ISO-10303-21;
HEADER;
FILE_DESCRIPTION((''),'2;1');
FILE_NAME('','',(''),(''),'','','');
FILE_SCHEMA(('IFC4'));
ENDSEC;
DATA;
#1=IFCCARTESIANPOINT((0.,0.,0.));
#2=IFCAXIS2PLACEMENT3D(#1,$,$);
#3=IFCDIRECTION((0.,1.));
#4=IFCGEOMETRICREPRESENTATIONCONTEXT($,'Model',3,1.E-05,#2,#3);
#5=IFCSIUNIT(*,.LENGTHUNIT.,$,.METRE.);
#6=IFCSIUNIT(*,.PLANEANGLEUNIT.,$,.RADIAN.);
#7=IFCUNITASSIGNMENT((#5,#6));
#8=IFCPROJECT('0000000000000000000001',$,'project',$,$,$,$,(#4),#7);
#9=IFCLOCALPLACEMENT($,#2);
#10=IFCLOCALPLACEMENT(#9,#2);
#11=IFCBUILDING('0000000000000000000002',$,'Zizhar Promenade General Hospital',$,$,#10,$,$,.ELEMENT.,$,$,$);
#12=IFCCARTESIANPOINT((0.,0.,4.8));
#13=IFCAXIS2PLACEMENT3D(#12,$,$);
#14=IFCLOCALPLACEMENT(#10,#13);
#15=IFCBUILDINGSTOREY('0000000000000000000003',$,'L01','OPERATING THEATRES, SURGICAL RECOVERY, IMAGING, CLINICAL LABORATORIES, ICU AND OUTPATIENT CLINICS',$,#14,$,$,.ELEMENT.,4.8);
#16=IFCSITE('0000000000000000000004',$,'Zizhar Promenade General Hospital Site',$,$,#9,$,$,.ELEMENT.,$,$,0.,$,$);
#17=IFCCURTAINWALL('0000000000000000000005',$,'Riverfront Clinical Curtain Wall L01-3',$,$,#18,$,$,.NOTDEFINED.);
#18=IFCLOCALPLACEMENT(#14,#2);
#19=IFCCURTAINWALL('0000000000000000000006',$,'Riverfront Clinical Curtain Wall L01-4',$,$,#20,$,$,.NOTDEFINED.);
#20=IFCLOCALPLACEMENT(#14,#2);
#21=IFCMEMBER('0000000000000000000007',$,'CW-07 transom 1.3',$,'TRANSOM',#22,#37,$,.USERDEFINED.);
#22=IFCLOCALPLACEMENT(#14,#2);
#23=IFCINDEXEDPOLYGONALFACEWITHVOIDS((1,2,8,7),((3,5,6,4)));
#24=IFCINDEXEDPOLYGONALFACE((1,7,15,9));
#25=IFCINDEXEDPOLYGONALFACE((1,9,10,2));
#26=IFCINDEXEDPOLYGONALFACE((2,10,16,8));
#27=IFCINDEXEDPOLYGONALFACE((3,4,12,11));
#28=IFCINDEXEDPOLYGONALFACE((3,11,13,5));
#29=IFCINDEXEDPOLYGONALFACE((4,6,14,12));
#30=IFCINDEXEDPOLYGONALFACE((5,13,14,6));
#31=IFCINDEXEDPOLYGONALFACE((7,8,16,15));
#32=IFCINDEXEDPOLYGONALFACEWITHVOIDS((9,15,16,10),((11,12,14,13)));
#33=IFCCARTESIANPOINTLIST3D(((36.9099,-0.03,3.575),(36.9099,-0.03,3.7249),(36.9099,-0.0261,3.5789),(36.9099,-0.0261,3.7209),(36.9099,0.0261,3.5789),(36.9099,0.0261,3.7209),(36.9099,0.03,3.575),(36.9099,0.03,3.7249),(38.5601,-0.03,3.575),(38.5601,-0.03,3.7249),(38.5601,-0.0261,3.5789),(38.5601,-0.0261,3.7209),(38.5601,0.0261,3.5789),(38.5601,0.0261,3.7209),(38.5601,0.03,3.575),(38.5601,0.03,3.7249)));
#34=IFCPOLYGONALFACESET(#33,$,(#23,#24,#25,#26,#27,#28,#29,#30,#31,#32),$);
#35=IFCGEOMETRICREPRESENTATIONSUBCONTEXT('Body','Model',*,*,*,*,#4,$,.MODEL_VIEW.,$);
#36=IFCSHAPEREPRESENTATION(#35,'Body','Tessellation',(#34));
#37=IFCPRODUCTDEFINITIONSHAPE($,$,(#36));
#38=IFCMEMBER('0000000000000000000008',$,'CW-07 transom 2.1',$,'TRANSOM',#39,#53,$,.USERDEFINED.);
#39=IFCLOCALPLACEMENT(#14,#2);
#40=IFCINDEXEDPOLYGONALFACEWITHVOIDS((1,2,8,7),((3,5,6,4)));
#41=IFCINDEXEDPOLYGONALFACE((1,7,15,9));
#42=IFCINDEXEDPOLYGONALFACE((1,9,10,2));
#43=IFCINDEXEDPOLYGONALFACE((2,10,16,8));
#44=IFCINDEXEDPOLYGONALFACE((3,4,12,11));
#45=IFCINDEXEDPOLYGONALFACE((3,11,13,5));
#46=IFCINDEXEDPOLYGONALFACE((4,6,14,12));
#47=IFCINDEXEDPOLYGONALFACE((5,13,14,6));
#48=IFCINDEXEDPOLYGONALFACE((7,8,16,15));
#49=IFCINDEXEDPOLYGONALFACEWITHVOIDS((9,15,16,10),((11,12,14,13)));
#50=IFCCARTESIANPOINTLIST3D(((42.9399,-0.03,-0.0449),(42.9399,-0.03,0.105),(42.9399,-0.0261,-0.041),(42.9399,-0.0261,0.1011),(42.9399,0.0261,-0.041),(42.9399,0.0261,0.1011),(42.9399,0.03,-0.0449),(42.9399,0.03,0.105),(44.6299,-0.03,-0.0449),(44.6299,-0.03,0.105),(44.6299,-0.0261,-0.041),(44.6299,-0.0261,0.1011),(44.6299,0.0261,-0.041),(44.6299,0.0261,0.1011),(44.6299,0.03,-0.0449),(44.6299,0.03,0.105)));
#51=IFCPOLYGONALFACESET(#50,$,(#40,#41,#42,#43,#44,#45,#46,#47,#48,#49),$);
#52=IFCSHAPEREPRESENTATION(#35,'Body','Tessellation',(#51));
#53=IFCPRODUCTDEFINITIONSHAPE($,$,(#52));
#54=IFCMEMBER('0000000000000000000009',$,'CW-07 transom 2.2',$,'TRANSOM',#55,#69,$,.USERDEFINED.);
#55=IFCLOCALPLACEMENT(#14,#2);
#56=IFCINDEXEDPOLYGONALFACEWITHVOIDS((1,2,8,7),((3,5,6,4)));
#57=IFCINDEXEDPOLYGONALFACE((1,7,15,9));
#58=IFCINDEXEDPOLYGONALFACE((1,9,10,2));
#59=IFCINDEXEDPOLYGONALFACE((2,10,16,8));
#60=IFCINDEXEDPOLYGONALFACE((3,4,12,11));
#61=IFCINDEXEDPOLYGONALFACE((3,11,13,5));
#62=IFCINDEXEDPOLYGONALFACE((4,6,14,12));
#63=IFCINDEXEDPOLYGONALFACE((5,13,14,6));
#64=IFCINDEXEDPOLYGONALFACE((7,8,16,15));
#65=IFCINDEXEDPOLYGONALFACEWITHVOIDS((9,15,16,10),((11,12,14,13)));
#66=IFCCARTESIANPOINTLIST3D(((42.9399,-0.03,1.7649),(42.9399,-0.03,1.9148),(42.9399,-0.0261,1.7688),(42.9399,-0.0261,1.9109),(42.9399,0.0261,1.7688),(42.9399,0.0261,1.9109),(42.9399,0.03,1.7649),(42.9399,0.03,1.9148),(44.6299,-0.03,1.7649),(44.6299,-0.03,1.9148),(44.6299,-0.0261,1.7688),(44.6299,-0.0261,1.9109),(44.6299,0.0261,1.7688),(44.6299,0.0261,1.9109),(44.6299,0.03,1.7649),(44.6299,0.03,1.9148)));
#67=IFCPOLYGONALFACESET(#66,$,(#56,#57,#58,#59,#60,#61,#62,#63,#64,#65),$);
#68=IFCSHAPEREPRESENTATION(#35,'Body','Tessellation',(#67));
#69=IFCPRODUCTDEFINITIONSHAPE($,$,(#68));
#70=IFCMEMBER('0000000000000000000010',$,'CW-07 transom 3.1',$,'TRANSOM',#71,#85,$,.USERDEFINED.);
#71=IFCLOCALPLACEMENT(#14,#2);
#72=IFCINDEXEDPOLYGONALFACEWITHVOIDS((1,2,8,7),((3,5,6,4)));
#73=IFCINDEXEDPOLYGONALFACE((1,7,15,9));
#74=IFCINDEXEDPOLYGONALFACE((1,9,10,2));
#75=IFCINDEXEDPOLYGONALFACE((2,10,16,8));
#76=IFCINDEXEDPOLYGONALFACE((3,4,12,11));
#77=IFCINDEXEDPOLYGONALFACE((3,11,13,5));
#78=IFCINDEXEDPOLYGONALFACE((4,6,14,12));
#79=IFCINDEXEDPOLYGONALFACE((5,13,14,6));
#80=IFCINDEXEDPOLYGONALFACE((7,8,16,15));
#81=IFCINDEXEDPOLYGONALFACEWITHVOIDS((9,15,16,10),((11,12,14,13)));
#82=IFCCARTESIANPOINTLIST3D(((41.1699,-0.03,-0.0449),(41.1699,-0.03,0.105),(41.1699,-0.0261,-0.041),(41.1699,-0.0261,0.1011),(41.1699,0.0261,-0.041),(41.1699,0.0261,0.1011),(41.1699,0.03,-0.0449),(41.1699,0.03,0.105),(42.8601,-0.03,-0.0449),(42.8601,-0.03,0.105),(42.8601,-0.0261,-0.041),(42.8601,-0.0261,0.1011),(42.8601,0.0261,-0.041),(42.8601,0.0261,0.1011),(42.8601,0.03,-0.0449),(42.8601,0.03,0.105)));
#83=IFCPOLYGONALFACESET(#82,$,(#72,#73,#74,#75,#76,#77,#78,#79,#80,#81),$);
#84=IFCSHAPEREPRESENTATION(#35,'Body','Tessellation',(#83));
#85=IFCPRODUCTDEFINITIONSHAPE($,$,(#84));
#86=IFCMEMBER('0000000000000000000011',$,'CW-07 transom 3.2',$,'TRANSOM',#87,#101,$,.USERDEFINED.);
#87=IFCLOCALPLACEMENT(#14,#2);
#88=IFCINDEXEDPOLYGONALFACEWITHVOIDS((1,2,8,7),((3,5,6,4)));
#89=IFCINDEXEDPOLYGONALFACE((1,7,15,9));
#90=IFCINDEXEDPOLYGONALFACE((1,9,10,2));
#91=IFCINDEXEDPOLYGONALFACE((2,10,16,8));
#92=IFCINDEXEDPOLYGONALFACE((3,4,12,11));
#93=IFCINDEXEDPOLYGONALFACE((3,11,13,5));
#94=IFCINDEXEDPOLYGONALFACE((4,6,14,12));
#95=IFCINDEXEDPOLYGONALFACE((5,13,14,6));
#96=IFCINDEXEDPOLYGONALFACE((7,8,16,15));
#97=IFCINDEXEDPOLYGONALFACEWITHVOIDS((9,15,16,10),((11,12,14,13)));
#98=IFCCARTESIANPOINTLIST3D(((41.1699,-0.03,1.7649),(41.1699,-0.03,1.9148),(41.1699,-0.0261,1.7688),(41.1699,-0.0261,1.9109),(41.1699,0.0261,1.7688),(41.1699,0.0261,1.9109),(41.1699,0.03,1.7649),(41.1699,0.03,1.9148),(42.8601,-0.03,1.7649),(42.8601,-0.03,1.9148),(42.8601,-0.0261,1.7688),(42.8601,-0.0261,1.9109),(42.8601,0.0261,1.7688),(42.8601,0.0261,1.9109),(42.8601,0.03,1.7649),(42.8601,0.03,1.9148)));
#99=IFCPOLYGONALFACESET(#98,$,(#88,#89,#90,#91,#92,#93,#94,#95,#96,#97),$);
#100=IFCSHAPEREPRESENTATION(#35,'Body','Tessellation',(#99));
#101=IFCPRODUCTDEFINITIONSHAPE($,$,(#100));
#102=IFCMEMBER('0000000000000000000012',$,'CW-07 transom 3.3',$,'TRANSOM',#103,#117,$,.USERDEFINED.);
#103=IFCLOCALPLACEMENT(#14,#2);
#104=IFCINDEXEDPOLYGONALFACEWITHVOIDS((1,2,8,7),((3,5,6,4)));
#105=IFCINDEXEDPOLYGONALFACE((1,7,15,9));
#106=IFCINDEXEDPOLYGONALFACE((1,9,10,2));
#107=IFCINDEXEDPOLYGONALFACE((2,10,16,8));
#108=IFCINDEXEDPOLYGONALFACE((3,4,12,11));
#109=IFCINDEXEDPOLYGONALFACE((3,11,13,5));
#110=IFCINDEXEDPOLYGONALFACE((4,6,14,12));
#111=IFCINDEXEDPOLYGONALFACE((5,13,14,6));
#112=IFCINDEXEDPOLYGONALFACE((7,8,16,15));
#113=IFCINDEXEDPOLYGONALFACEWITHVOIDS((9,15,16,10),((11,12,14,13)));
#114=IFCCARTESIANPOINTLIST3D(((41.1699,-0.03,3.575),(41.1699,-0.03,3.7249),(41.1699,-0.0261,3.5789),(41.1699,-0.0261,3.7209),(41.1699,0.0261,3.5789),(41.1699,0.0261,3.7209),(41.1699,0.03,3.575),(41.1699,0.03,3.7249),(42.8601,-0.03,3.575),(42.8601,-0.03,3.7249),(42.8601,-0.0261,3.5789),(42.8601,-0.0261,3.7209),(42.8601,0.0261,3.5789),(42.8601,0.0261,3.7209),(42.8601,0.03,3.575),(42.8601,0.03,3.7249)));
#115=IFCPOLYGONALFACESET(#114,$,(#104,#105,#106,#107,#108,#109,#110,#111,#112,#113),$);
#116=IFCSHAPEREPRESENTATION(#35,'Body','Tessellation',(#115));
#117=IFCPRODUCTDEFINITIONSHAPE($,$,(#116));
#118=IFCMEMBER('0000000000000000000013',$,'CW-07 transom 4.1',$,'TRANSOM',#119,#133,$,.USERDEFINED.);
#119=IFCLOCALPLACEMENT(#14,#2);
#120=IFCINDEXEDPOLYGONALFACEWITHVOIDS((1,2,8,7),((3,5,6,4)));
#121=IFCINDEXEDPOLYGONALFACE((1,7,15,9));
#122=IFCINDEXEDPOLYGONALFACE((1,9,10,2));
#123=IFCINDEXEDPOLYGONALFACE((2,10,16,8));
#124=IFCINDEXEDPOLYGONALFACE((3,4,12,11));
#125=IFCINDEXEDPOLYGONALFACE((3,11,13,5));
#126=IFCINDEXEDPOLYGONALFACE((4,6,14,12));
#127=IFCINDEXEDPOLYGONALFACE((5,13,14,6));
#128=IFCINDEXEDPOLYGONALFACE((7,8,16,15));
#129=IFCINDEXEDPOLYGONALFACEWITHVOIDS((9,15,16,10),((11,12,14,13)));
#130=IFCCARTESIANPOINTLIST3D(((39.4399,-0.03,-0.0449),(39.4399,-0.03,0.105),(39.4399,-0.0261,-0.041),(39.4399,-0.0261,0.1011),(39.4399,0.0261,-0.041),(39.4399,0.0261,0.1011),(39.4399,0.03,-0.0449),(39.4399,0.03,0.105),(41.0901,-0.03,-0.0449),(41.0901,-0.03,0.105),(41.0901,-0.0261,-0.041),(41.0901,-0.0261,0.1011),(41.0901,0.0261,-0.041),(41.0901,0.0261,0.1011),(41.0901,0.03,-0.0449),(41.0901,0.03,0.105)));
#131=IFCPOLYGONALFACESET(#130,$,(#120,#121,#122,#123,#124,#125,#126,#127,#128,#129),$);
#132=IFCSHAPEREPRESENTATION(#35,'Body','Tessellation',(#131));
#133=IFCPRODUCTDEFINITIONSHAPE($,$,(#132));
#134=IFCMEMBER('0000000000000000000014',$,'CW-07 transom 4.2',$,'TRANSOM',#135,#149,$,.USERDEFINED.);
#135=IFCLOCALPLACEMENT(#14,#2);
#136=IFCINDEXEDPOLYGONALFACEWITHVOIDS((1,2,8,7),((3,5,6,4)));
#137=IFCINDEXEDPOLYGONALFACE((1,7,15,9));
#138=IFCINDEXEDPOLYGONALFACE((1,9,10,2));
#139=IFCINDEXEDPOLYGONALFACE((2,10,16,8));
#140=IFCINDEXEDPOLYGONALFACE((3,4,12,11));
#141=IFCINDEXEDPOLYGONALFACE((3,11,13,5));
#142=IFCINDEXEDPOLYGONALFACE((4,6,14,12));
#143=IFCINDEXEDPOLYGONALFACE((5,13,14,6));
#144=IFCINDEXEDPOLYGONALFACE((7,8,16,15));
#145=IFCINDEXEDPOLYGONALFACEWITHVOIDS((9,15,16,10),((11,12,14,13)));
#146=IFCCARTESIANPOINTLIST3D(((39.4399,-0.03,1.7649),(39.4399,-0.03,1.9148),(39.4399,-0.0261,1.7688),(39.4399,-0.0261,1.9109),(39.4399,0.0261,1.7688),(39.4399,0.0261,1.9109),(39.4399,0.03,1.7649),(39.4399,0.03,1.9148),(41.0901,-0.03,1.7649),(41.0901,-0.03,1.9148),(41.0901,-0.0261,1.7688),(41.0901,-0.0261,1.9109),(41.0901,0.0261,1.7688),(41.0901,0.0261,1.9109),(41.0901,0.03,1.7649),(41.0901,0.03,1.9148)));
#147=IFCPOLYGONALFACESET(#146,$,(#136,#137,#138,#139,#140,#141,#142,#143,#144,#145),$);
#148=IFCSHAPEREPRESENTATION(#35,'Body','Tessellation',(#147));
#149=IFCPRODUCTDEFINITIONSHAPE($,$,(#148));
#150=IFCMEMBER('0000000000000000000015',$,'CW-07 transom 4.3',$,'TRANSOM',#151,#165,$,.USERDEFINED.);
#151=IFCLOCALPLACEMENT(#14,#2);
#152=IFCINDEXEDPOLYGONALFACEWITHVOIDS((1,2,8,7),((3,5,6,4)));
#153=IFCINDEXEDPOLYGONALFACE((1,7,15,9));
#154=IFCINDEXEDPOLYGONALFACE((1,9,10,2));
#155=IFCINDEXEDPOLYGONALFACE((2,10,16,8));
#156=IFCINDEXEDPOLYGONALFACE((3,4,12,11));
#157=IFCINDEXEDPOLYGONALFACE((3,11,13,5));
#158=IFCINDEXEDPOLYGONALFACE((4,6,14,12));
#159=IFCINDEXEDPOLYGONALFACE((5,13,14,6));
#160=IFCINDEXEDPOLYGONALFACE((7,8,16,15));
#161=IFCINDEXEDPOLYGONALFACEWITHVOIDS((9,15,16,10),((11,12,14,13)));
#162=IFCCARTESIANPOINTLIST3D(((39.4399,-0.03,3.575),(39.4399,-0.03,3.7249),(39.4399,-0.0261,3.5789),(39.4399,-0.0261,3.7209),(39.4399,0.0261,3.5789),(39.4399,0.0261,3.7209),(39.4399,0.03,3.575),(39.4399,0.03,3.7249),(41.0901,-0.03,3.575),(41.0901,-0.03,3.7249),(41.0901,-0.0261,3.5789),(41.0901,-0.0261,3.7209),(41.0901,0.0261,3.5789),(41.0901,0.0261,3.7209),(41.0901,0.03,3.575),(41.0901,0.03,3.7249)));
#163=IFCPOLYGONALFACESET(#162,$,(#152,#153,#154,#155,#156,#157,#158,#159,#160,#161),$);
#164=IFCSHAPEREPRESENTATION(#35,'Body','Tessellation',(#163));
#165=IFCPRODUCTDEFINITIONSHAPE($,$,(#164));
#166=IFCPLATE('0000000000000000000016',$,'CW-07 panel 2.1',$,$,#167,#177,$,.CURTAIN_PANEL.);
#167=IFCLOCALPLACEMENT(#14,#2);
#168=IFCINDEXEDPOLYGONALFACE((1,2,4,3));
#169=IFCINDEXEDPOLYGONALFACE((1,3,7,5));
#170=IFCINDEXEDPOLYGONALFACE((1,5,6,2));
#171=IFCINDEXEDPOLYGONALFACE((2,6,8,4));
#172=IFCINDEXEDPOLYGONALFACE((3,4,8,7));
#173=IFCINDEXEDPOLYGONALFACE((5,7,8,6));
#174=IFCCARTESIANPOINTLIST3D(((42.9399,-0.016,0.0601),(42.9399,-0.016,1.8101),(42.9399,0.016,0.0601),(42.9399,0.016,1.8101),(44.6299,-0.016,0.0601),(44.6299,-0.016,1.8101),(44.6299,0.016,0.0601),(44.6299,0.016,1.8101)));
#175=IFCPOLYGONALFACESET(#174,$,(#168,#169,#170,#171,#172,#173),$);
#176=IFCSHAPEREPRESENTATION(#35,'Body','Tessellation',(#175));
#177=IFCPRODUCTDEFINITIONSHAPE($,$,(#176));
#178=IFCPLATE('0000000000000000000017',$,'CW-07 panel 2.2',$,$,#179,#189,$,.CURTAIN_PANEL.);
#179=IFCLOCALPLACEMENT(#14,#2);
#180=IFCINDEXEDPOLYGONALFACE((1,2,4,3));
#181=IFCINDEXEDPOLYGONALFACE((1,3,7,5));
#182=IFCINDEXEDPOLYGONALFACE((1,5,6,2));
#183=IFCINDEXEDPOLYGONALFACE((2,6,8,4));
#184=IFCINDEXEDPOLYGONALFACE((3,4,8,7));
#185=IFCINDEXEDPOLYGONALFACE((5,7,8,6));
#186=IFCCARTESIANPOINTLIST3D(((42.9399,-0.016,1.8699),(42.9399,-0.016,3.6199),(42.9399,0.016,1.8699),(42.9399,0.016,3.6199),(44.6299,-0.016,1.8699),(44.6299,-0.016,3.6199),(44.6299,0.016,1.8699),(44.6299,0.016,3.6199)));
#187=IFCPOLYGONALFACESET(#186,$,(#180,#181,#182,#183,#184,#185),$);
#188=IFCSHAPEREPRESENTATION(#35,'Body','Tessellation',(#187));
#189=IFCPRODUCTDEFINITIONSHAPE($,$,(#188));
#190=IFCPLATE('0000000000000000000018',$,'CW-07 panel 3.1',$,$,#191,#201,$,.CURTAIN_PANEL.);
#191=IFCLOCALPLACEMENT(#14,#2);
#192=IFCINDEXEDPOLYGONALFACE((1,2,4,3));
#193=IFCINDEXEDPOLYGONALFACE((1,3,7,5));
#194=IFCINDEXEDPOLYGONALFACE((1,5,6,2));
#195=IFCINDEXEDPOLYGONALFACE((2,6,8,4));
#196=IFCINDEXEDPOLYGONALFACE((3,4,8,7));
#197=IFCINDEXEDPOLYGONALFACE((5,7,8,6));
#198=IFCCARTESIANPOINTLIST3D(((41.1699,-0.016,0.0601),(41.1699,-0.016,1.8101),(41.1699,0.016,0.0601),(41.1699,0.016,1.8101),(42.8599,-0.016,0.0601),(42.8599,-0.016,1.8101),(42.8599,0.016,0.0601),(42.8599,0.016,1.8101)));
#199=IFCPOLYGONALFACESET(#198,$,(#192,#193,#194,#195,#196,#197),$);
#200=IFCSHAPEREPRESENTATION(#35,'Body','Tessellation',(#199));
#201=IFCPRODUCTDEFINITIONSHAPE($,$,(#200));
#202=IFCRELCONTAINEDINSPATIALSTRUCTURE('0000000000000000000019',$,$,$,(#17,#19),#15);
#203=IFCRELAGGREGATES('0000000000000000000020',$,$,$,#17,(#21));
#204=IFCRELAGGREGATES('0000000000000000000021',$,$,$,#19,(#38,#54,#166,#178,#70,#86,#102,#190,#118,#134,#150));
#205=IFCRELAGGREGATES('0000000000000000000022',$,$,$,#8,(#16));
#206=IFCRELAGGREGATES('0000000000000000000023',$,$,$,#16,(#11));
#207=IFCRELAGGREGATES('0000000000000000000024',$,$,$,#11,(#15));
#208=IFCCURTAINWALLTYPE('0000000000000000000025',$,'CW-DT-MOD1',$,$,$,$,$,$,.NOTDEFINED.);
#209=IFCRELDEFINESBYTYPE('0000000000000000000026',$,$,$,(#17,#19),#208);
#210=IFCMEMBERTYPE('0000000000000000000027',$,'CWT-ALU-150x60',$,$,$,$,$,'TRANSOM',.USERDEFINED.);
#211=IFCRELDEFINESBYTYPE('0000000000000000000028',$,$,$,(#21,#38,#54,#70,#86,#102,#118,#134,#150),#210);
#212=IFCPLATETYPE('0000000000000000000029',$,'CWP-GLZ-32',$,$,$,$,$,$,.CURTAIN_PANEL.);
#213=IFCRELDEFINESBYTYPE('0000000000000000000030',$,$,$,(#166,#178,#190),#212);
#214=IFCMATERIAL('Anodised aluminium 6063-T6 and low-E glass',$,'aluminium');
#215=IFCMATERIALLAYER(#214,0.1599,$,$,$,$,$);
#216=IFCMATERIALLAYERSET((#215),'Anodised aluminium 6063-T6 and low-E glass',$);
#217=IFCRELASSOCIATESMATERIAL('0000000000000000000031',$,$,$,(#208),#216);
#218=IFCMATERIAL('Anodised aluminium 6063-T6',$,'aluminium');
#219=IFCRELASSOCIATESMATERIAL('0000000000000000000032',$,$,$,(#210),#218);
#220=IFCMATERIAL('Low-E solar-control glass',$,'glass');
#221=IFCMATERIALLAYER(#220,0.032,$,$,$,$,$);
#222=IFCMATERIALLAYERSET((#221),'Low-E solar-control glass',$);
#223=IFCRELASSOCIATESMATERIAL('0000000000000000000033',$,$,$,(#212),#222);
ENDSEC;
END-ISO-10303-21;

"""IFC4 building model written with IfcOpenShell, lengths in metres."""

from ifc_helpers import new_model, si_unit, direction, frame, origin, origin_2d, place, context, subcontext, project, spatial, rectangle, hollow_rectangle, extrude, material, layer, layer_set, material_profile, profile_set, type_object, element, aggregate, save


model = new_model("IFC4")

# Units and contexts
model_context = context("Model", 3, precision=1e-05, world=origin(), true_north=direction((0.0, 1.0)))
body_context = subcontext(model_context, "Body", "Model", "MODEL_VIEW")
ifc_project = project(units=[si_unit("LENGTHUNIT", "METRE"), si_unit("PLANEANGLEUNIT", "RADIAN")], contexts=[model_context])

# Site, building, storey
site_placement = place(None, origin())
site = spatial("IfcSite", under=ifc_project, at=site_placement, Name="Zizhar Promenade General Hospital Site", CompositionType="ELEMENT", RefElevation=0.0)
building_placement = place(site_placement, origin())
building = spatial("IfcBuilding", under=site, at=building_placement, Name="Zizhar Promenade General Hospital", CompositionType="ELEMENT")
storey_placement = place(building_placement, frame((0.0, 0.0, 4.8)))
storey = spatial("IfcBuildingStorey", under=building, at=storey_placement, Name="L01", Description="OPERATING THEATRES, SURGICAL RECOVERY, IMAGING, CLINICAL LABORATORIES, ICU AND OUTPATIENT CLINICS", CompositionType="ELEMENT", Elevation=4.8)

# Curtain wall
ifc_material_1 = material(Name="Anodised aluminium 6063-T6 and low-E glass", Category="aluminium")
ifc_layer_1 = layer(ifc_material_1, 0.1599)
ifc_layer_set_1 = layer_set([ifc_layer_1], Name="Anodised aluminium 6063-T6 and low-E glass")
curtain_wall_type = type_object("IfcCurtainWallType", Name="CW-DT-MOD1", PredefinedType="NOTDEFINED", material=ifc_layer_set_1)
curtain_wall_1_placement = place(storey_placement, origin())
curtain_wall_1 = element("IfcCurtainWall", 1, at=curtain_wall_1_placement, inside=storey, type_object=curtain_wall_type, Name="Riverfront Clinical Curtain Wall L01-3", PredefinedType="NOTDEFINED")

# Curtain wall
curtain_wall_2_placement = place(storey_placement, origin())
curtain_wall_2 = element("IfcCurtainWall", 2, at=curtain_wall_2_placement, inside=storey, type_object=curtain_wall_type, Name="Riverfront Clinical Curtain Wall L01-4", PredefinedType="NOTDEFINED")

# Members
ifc_material_2 = material(Name="Anodised aluminium 6063-T6", Category="aluminium")
ifc_material_profile_1 = material_profile(ifc_material_2, hollow_rectangle(XDim=0.0601, YDim=0.1499, WallThickness=0.0039, at=origin_2d()))
ifc_profile_set_1 = profile_set([ifc_material_profile_1], Name="Anodised aluminium 6063-T6")
member_type_1 = type_object("IfcMemberType", Name="CWT-ALU-150x60", ElementType="TRANSOM", PredefinedType="USERDEFINED", material=ifc_profile_set_1)
member_1_placement = place(storey_placement, frame((38.5601, 0.0, 3.6499), z_axis=(-1.0, 0.0, 0.0), x_axis=(0.0, -1.0, 0.0)))
member_1 = element("IfcMember", 3, at=member_1_placement, type_object=member_type_1, Name="CW-07 transom 1.3", ObjectType="TRANSOM", PredefinedType="USERDEFINED", context=body_context, shape_type="SweptSolid", body=[
    extrude(hollow_rectangle(XDim=0.0601, YDim=0.1499, WallThickness=0.0039, at=origin_2d()), origin(), (0.0, 0.0, 1.0), 1.6501),
])
aggregate(curtain_wall_1, [member_1])
member_2_placement = place(storey_placement, frame((44.6299, 0.0, 0.03), z_axis=(-1.0, 0.0, 0.0), x_axis=(0.0, -1.0, 0.0)))
member_2 = element("IfcMember", 4, at=member_2_placement, type_object=member_type_1, Name="CW-07 transom 2.1", ObjectType="TRANSOM", PredefinedType="USERDEFINED", context=body_context, shape_type="SweptSolid", body=[
    extrude(hollow_rectangle(XDim=0.0601, YDim=0.1499, WallThickness=0.0039, at=origin_2d()), origin(), (0.0, 0.0, 1.0), 1.6899),
])
member_3_placement = place(storey_placement, frame((44.6299, 0.0, 1.8398), z_axis=(-1.0, 0.0, 0.0), x_axis=(0.0, -1.0, 0.0)))
member_3 = element("IfcMember", 5, at=member_3_placement, type_object=member_type_1, Name="CW-07 transom 2.2", ObjectType="TRANSOM", PredefinedType="USERDEFINED", context=body_context, shape_type="SweptSolid", body=[
    extrude(hollow_rectangle(XDim=0.0601, YDim=0.1499, WallThickness=0.0039, at=origin_2d()), origin(), (0.0, 0.0, 1.0), 1.6899),
])
member_4_placement = place(storey_placement, frame((42.8601, 0.0, 0.03), z_axis=(-1.0, 0.0, 0.0), x_axis=(0.0, -1.0, 0.0)))
member_4 = element("IfcMember", 6, at=member_4_placement, type_object=member_type_1, Name="CW-07 transom 3.1", ObjectType="TRANSOM", PredefinedType="USERDEFINED", context=body_context, shape_type="SweptSolid", body=[
    extrude(hollow_rectangle(XDim=0.0601, YDim=0.1499, WallThickness=0.0039, at=origin_2d()), origin(), (0.0, 0.0, 1.0), 1.6902),
])
member_5_placement = place(storey_placement, frame((42.8601, 0.0, 1.8398), z_axis=(-1.0, 0.0, 0.0), x_axis=(0.0, -1.0, 0.0)))
member_5 = element("IfcMember", 7, at=member_5_placement, type_object=member_type_1, Name="CW-07 transom 3.2", ObjectType="TRANSOM", PredefinedType="USERDEFINED", context=body_context, shape_type="SweptSolid", body=[
    extrude(hollow_rectangle(XDim=0.0601, YDim=0.1499, WallThickness=0.0039, at=origin_2d()), origin(), (0.0, 0.0, 1.0), 1.6902),
])
member_6_placement = place(storey_placement, frame((42.8601, 0.0, 3.6499), z_axis=(-1.0, 0.0, 0.0), x_axis=(0.0, -1.0, 0.0)))
member_6 = element("IfcMember", 8, at=member_6_placement, type_object=member_type_1, Name="CW-07 transom 3.3", ObjectType="TRANSOM", PredefinedType="USERDEFINED", context=body_context, shape_type="SweptSolid", body=[
    extrude(hollow_rectangle(XDim=0.0601, YDim=0.1499, WallThickness=0.0039, at=origin_2d()), origin(), (0.0, 0.0, 1.0), 1.6902),
])
member_7_placement = place(storey_placement, frame((41.0901, 0.0, 0.03), z_axis=(-1.0, 0.0, 0.0), x_axis=(0.0, -1.0, 0.0)))
member_7 = element("IfcMember", 9, at=member_7_placement, type_object=member_type_1, Name="CW-07 transom 4.1", ObjectType="TRANSOM", PredefinedType="USERDEFINED", context=body_context, shape_type="SweptSolid", body=[
    extrude(hollow_rectangle(XDim=0.0601, YDim=0.1499, WallThickness=0.0039, at=origin_2d()), origin(), (0.0, 0.0, 1.0), 1.6501),
])
member_8_placement = place(storey_placement, frame((41.0901, 0.0, 1.8398), z_axis=(-1.0, 0.0, 0.0), x_axis=(0.0, -1.0, 0.0)))
member_8 = element("IfcMember", 10, at=member_8_placement, type_object=member_type_1, Name="CW-07 transom 4.2", ObjectType="TRANSOM", PredefinedType="USERDEFINED", context=body_context, shape_type="SweptSolid", body=[
    extrude(hollow_rectangle(XDim=0.0601, YDim=0.1499, WallThickness=0.0039, at=origin_2d()), origin(), (0.0, 0.0, 1.0), 1.6501),
])
member_9_placement = place(storey_placement, frame((41.0901, 0.0, 3.6499), z_axis=(-1.0, 0.0, 0.0), x_axis=(0.0, -1.0, 0.0)))
member_9 = element("IfcMember", 11, at=member_9_placement, type_object=member_type_1, Name="CW-07 transom 4.3", ObjectType="TRANSOM", PredefinedType="USERDEFINED", context=body_context, shape_type="SweptSolid", body=[
    extrude(hollow_rectangle(XDim=0.0601, YDim=0.1499, WallThickness=0.0039, at=origin_2d()), origin(), (0.0, 0.0, 1.0), 1.6501),
])

# Plates
ifc_material_3 = material(Name="Low-E solar-control glass", Category="glass")
ifc_layer_2 = layer(ifc_material_3, 0.032)
ifc_layer_set_2 = layer_set([ifc_layer_2], Name="Low-E solar-control glass")
plate_type = type_object("IfcPlateType", Name="CWP-GLZ-32", PredefinedType="CURTAIN_PANEL", material=ifc_layer_set_2)
plate_1_placement = place(storey_placement, frame((43.7849, 0.0, 0.0601), z_axis=(0.0, 0.0, 1.0), x_axis=(-1.0, 0.0, 0.0)))
plate_1 = element("IfcPlate", 12, at=plate_1_placement, type_object=plate_type, Name="CW-07 panel 2.1", PredefinedType="CURTAIN_PANEL", context=body_context, shape_type="SweptSolid", body=[
    extrude(rectangle(XDim=1.6899, YDim=0.032, at=origin_2d()), origin(), (0.0, 0.0, 1.0), 1.75),
])
plate_2_placement = place(storey_placement, frame((43.7849, 0.0, 1.8699), z_axis=(0.0, 0.0, 1.0), x_axis=(-1.0, 0.0, 0.0)))
plate_2 = element("IfcPlate", 13, at=plate_2_placement, type_object=plate_type, Name="CW-07 panel 2.2", PredefinedType="CURTAIN_PANEL", context=body_context, shape_type="SweptSolid", body=[
    extrude(rectangle(XDim=1.6899, YDim=0.032, at=origin_2d()), origin(), (0.0, 0.0, 1.0), 1.75),
])
plate_3_placement = place(storey_placement, frame((42.0149, 0.0, 0.0601), z_axis=(0.0, 0.0, 1.0), x_axis=(-1.0, 0.0, 0.0)))
plate_3 = element("IfcPlate", 14, at=plate_3_placement, type_object=plate_type, Name="CW-07 panel 3.1", PredefinedType="CURTAIN_PANEL", context=body_context, shape_type="SweptSolid", body=[
    extrude(rectangle(XDim=1.6899, YDim=0.032, at=origin_2d()), origin(), (0.0, 0.0, 1.0), 1.75),
])
aggregate(curtain_wall_2, [member_2, member_3, plate_1, plate_2, member_4, member_5, member_6, plate_3, member_7, member_8, member_9])

save(model, "model.ifc")
